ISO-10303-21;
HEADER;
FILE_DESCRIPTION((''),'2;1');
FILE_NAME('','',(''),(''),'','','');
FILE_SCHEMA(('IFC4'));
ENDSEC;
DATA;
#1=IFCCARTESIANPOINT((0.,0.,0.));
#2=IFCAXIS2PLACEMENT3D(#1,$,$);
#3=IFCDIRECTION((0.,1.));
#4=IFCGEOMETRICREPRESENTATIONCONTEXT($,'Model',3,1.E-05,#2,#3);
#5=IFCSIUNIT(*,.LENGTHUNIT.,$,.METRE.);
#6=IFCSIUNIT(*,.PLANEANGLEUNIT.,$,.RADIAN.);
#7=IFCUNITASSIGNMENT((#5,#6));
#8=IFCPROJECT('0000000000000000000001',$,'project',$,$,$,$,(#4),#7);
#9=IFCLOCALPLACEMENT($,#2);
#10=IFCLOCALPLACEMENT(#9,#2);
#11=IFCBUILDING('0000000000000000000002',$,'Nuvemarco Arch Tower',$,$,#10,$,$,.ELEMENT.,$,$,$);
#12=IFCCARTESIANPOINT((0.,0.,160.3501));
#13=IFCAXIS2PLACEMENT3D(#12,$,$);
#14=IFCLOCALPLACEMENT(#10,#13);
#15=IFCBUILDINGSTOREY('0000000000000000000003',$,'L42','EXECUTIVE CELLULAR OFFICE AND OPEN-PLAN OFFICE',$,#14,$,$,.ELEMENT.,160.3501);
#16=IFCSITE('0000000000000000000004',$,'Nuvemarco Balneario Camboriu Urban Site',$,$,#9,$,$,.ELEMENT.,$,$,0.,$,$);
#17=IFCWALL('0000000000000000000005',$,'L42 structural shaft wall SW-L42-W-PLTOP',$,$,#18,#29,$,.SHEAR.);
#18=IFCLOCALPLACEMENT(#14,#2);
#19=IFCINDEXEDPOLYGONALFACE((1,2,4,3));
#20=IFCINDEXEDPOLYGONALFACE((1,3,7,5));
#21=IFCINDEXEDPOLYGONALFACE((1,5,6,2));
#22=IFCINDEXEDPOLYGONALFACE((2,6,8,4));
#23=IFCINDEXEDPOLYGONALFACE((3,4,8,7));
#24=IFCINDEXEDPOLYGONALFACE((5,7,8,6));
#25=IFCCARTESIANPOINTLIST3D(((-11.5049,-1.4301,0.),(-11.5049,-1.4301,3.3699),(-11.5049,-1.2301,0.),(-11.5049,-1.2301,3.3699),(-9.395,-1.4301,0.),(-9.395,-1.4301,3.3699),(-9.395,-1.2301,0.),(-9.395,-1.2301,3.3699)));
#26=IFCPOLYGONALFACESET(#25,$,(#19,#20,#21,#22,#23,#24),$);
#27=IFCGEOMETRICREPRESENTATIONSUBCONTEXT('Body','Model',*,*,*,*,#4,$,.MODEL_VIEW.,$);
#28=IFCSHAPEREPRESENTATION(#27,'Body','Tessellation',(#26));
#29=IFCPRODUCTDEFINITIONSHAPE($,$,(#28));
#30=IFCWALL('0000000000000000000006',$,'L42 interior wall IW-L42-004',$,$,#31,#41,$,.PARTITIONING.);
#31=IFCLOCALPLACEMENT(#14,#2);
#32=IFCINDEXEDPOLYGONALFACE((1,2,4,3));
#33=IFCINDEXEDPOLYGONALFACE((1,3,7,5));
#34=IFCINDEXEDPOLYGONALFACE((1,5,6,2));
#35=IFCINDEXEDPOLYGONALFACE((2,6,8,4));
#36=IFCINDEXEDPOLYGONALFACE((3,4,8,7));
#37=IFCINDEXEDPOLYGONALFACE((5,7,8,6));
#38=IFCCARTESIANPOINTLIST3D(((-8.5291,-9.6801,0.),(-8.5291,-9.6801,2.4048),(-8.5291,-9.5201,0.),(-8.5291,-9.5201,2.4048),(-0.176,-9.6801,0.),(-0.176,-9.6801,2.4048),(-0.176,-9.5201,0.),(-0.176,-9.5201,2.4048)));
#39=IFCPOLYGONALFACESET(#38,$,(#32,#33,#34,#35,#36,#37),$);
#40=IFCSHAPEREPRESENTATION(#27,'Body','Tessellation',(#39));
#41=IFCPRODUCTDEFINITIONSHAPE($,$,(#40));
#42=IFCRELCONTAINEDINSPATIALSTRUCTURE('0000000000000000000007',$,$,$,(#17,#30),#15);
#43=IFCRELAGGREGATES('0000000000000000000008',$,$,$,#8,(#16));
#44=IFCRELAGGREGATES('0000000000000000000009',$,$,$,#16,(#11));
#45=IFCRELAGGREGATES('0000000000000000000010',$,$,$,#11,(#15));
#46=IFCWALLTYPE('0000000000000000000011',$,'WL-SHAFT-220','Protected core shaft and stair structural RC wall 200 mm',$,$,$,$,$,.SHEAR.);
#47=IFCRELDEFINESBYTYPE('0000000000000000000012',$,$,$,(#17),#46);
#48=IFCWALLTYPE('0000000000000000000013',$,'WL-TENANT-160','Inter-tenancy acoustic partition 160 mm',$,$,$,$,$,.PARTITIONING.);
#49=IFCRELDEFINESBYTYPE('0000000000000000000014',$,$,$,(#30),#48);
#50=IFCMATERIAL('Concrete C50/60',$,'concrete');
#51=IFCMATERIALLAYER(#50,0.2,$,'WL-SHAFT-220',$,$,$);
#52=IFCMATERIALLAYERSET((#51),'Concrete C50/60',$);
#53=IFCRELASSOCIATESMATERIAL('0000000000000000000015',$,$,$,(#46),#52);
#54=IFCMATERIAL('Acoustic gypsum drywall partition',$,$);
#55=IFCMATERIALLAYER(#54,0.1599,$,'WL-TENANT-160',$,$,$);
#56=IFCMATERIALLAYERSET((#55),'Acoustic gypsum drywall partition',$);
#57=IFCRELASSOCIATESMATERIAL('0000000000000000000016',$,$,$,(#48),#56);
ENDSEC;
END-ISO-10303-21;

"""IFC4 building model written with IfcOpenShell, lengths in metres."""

from ifc_helpers import new_model, si_unit, direction, frame, frame_2d, origin, place, context, subcontext, project, spatial, rectangle, extrude, material, layer, layer_set, type_object, element, save


model = new_model("IFC4")

# Units and contexts
model_context = context("Model", 3, precision=1e-05, world=origin(), true_north=direction((0.0, 1.0)))
body_context = subcontext(model_context, "Body", "Model", "MODEL_VIEW")
ifc_project = project(units=[si_unit("LENGTHUNIT", "METRE"), si_unit("PLANEANGLEUNIT", "RADIAN")], contexts=[model_context])

# Site, building, storey
site_placement = place(None, origin())
site = spatial("IfcSite", under=ifc_project, at=site_placement, Name="Nuvemarco Balneario Camboriu Urban Site", CompositionType="ELEMENT", RefElevation=0.0)
building_placement = place(site_placement, origin())
building = spatial("IfcBuilding", under=site, at=building_placement, Name="Nuvemarco Arch Tower", CompositionType="ELEMENT")
storey_placement = place(building_placement, frame((0.0, 0.0, 160.3501)))
storey = spatial("IfcBuildingStorey", under=building, at=storey_placement, Name="L42", Description="EXECUTIVE CELLULAR OFFICE AND OPEN-PLAN OFFICE", CompositionType="ELEMENT", Elevation=160.3501)

# Shared definitions
ifc_material_1 = material(Name="Concrete C50/60", Category="concrete")

# Shared definitions
ifc_layer_1 = layer(ifc_material_1, 0.2, Name="WL-SHAFT-220")
ifc_layer_set_1 = layer_set([ifc_layer_1], Name="Concrete C50/60")
wall_type_1 = type_object("IfcWallType", Name="WL-SHAFT-220", Description="Protected core shaft and stair structural RC wall 200 mm", PredefinedType="SHEAR", material=ifc_layer_set_1)

# Walls
wall_1_placement = place(storey_placement, frame((-11.5049, -1.3301, 0.0), z_axis=(0.0, 0.0, 1.0), x_axis=(1.0, 0.0, 0.0)))
element("IfcWall", 1, at=wall_1_placement, inside=storey, type_object=wall_type_1, Name="L42 structural shaft wall SW-L42-W-PLTOP", PredefinedType="SHEAR", context=body_context, shape_type="SweptSolid", body=[
    extrude(rectangle(XDim=2.1099, YDim=0.2, at=frame_2d((1.0549, 0.0))), origin(), (0.0, 0.0, 1.0), 3.3699),
])
ifc_material_2 = material(Name="Acoustic gypsum drywall partition")
ifc_layer_2 = layer(ifc_material_2, 0.1599, Name="WL-TENANT-160")
ifc_layer_set_2 = layer_set([ifc_layer_2], Name="Acoustic gypsum drywall partition")
wall_type_2 = type_object("IfcWallType", Name="WL-TENANT-160", Description="Inter-tenancy acoustic partition 160 mm", PredefinedType="PARTITIONING", material=ifc_layer_set_2)
wall_2_placement = place(storey_placement, frame((-8.5291, -9.6001, 0.0), z_axis=(0.0, 0.0, 1.0), x_axis=(1.0, 0.0, 0.0)))
element("IfcWall", 2, at=wall_2_placement, inside=storey, type_object=wall_type_2, Name="L42 interior wall IW-L42-004", PredefinedType="PARTITIONING", context=body_context, shape_type="SweptSolid", body=[
    extrude(rectangle(XDim=8.353, YDim=0.1599, at=frame_2d((4.1765, 0.0))), origin(), (0.0, 0.0, 1.0), 2.4048),
])

save(model, "model.ifc")
